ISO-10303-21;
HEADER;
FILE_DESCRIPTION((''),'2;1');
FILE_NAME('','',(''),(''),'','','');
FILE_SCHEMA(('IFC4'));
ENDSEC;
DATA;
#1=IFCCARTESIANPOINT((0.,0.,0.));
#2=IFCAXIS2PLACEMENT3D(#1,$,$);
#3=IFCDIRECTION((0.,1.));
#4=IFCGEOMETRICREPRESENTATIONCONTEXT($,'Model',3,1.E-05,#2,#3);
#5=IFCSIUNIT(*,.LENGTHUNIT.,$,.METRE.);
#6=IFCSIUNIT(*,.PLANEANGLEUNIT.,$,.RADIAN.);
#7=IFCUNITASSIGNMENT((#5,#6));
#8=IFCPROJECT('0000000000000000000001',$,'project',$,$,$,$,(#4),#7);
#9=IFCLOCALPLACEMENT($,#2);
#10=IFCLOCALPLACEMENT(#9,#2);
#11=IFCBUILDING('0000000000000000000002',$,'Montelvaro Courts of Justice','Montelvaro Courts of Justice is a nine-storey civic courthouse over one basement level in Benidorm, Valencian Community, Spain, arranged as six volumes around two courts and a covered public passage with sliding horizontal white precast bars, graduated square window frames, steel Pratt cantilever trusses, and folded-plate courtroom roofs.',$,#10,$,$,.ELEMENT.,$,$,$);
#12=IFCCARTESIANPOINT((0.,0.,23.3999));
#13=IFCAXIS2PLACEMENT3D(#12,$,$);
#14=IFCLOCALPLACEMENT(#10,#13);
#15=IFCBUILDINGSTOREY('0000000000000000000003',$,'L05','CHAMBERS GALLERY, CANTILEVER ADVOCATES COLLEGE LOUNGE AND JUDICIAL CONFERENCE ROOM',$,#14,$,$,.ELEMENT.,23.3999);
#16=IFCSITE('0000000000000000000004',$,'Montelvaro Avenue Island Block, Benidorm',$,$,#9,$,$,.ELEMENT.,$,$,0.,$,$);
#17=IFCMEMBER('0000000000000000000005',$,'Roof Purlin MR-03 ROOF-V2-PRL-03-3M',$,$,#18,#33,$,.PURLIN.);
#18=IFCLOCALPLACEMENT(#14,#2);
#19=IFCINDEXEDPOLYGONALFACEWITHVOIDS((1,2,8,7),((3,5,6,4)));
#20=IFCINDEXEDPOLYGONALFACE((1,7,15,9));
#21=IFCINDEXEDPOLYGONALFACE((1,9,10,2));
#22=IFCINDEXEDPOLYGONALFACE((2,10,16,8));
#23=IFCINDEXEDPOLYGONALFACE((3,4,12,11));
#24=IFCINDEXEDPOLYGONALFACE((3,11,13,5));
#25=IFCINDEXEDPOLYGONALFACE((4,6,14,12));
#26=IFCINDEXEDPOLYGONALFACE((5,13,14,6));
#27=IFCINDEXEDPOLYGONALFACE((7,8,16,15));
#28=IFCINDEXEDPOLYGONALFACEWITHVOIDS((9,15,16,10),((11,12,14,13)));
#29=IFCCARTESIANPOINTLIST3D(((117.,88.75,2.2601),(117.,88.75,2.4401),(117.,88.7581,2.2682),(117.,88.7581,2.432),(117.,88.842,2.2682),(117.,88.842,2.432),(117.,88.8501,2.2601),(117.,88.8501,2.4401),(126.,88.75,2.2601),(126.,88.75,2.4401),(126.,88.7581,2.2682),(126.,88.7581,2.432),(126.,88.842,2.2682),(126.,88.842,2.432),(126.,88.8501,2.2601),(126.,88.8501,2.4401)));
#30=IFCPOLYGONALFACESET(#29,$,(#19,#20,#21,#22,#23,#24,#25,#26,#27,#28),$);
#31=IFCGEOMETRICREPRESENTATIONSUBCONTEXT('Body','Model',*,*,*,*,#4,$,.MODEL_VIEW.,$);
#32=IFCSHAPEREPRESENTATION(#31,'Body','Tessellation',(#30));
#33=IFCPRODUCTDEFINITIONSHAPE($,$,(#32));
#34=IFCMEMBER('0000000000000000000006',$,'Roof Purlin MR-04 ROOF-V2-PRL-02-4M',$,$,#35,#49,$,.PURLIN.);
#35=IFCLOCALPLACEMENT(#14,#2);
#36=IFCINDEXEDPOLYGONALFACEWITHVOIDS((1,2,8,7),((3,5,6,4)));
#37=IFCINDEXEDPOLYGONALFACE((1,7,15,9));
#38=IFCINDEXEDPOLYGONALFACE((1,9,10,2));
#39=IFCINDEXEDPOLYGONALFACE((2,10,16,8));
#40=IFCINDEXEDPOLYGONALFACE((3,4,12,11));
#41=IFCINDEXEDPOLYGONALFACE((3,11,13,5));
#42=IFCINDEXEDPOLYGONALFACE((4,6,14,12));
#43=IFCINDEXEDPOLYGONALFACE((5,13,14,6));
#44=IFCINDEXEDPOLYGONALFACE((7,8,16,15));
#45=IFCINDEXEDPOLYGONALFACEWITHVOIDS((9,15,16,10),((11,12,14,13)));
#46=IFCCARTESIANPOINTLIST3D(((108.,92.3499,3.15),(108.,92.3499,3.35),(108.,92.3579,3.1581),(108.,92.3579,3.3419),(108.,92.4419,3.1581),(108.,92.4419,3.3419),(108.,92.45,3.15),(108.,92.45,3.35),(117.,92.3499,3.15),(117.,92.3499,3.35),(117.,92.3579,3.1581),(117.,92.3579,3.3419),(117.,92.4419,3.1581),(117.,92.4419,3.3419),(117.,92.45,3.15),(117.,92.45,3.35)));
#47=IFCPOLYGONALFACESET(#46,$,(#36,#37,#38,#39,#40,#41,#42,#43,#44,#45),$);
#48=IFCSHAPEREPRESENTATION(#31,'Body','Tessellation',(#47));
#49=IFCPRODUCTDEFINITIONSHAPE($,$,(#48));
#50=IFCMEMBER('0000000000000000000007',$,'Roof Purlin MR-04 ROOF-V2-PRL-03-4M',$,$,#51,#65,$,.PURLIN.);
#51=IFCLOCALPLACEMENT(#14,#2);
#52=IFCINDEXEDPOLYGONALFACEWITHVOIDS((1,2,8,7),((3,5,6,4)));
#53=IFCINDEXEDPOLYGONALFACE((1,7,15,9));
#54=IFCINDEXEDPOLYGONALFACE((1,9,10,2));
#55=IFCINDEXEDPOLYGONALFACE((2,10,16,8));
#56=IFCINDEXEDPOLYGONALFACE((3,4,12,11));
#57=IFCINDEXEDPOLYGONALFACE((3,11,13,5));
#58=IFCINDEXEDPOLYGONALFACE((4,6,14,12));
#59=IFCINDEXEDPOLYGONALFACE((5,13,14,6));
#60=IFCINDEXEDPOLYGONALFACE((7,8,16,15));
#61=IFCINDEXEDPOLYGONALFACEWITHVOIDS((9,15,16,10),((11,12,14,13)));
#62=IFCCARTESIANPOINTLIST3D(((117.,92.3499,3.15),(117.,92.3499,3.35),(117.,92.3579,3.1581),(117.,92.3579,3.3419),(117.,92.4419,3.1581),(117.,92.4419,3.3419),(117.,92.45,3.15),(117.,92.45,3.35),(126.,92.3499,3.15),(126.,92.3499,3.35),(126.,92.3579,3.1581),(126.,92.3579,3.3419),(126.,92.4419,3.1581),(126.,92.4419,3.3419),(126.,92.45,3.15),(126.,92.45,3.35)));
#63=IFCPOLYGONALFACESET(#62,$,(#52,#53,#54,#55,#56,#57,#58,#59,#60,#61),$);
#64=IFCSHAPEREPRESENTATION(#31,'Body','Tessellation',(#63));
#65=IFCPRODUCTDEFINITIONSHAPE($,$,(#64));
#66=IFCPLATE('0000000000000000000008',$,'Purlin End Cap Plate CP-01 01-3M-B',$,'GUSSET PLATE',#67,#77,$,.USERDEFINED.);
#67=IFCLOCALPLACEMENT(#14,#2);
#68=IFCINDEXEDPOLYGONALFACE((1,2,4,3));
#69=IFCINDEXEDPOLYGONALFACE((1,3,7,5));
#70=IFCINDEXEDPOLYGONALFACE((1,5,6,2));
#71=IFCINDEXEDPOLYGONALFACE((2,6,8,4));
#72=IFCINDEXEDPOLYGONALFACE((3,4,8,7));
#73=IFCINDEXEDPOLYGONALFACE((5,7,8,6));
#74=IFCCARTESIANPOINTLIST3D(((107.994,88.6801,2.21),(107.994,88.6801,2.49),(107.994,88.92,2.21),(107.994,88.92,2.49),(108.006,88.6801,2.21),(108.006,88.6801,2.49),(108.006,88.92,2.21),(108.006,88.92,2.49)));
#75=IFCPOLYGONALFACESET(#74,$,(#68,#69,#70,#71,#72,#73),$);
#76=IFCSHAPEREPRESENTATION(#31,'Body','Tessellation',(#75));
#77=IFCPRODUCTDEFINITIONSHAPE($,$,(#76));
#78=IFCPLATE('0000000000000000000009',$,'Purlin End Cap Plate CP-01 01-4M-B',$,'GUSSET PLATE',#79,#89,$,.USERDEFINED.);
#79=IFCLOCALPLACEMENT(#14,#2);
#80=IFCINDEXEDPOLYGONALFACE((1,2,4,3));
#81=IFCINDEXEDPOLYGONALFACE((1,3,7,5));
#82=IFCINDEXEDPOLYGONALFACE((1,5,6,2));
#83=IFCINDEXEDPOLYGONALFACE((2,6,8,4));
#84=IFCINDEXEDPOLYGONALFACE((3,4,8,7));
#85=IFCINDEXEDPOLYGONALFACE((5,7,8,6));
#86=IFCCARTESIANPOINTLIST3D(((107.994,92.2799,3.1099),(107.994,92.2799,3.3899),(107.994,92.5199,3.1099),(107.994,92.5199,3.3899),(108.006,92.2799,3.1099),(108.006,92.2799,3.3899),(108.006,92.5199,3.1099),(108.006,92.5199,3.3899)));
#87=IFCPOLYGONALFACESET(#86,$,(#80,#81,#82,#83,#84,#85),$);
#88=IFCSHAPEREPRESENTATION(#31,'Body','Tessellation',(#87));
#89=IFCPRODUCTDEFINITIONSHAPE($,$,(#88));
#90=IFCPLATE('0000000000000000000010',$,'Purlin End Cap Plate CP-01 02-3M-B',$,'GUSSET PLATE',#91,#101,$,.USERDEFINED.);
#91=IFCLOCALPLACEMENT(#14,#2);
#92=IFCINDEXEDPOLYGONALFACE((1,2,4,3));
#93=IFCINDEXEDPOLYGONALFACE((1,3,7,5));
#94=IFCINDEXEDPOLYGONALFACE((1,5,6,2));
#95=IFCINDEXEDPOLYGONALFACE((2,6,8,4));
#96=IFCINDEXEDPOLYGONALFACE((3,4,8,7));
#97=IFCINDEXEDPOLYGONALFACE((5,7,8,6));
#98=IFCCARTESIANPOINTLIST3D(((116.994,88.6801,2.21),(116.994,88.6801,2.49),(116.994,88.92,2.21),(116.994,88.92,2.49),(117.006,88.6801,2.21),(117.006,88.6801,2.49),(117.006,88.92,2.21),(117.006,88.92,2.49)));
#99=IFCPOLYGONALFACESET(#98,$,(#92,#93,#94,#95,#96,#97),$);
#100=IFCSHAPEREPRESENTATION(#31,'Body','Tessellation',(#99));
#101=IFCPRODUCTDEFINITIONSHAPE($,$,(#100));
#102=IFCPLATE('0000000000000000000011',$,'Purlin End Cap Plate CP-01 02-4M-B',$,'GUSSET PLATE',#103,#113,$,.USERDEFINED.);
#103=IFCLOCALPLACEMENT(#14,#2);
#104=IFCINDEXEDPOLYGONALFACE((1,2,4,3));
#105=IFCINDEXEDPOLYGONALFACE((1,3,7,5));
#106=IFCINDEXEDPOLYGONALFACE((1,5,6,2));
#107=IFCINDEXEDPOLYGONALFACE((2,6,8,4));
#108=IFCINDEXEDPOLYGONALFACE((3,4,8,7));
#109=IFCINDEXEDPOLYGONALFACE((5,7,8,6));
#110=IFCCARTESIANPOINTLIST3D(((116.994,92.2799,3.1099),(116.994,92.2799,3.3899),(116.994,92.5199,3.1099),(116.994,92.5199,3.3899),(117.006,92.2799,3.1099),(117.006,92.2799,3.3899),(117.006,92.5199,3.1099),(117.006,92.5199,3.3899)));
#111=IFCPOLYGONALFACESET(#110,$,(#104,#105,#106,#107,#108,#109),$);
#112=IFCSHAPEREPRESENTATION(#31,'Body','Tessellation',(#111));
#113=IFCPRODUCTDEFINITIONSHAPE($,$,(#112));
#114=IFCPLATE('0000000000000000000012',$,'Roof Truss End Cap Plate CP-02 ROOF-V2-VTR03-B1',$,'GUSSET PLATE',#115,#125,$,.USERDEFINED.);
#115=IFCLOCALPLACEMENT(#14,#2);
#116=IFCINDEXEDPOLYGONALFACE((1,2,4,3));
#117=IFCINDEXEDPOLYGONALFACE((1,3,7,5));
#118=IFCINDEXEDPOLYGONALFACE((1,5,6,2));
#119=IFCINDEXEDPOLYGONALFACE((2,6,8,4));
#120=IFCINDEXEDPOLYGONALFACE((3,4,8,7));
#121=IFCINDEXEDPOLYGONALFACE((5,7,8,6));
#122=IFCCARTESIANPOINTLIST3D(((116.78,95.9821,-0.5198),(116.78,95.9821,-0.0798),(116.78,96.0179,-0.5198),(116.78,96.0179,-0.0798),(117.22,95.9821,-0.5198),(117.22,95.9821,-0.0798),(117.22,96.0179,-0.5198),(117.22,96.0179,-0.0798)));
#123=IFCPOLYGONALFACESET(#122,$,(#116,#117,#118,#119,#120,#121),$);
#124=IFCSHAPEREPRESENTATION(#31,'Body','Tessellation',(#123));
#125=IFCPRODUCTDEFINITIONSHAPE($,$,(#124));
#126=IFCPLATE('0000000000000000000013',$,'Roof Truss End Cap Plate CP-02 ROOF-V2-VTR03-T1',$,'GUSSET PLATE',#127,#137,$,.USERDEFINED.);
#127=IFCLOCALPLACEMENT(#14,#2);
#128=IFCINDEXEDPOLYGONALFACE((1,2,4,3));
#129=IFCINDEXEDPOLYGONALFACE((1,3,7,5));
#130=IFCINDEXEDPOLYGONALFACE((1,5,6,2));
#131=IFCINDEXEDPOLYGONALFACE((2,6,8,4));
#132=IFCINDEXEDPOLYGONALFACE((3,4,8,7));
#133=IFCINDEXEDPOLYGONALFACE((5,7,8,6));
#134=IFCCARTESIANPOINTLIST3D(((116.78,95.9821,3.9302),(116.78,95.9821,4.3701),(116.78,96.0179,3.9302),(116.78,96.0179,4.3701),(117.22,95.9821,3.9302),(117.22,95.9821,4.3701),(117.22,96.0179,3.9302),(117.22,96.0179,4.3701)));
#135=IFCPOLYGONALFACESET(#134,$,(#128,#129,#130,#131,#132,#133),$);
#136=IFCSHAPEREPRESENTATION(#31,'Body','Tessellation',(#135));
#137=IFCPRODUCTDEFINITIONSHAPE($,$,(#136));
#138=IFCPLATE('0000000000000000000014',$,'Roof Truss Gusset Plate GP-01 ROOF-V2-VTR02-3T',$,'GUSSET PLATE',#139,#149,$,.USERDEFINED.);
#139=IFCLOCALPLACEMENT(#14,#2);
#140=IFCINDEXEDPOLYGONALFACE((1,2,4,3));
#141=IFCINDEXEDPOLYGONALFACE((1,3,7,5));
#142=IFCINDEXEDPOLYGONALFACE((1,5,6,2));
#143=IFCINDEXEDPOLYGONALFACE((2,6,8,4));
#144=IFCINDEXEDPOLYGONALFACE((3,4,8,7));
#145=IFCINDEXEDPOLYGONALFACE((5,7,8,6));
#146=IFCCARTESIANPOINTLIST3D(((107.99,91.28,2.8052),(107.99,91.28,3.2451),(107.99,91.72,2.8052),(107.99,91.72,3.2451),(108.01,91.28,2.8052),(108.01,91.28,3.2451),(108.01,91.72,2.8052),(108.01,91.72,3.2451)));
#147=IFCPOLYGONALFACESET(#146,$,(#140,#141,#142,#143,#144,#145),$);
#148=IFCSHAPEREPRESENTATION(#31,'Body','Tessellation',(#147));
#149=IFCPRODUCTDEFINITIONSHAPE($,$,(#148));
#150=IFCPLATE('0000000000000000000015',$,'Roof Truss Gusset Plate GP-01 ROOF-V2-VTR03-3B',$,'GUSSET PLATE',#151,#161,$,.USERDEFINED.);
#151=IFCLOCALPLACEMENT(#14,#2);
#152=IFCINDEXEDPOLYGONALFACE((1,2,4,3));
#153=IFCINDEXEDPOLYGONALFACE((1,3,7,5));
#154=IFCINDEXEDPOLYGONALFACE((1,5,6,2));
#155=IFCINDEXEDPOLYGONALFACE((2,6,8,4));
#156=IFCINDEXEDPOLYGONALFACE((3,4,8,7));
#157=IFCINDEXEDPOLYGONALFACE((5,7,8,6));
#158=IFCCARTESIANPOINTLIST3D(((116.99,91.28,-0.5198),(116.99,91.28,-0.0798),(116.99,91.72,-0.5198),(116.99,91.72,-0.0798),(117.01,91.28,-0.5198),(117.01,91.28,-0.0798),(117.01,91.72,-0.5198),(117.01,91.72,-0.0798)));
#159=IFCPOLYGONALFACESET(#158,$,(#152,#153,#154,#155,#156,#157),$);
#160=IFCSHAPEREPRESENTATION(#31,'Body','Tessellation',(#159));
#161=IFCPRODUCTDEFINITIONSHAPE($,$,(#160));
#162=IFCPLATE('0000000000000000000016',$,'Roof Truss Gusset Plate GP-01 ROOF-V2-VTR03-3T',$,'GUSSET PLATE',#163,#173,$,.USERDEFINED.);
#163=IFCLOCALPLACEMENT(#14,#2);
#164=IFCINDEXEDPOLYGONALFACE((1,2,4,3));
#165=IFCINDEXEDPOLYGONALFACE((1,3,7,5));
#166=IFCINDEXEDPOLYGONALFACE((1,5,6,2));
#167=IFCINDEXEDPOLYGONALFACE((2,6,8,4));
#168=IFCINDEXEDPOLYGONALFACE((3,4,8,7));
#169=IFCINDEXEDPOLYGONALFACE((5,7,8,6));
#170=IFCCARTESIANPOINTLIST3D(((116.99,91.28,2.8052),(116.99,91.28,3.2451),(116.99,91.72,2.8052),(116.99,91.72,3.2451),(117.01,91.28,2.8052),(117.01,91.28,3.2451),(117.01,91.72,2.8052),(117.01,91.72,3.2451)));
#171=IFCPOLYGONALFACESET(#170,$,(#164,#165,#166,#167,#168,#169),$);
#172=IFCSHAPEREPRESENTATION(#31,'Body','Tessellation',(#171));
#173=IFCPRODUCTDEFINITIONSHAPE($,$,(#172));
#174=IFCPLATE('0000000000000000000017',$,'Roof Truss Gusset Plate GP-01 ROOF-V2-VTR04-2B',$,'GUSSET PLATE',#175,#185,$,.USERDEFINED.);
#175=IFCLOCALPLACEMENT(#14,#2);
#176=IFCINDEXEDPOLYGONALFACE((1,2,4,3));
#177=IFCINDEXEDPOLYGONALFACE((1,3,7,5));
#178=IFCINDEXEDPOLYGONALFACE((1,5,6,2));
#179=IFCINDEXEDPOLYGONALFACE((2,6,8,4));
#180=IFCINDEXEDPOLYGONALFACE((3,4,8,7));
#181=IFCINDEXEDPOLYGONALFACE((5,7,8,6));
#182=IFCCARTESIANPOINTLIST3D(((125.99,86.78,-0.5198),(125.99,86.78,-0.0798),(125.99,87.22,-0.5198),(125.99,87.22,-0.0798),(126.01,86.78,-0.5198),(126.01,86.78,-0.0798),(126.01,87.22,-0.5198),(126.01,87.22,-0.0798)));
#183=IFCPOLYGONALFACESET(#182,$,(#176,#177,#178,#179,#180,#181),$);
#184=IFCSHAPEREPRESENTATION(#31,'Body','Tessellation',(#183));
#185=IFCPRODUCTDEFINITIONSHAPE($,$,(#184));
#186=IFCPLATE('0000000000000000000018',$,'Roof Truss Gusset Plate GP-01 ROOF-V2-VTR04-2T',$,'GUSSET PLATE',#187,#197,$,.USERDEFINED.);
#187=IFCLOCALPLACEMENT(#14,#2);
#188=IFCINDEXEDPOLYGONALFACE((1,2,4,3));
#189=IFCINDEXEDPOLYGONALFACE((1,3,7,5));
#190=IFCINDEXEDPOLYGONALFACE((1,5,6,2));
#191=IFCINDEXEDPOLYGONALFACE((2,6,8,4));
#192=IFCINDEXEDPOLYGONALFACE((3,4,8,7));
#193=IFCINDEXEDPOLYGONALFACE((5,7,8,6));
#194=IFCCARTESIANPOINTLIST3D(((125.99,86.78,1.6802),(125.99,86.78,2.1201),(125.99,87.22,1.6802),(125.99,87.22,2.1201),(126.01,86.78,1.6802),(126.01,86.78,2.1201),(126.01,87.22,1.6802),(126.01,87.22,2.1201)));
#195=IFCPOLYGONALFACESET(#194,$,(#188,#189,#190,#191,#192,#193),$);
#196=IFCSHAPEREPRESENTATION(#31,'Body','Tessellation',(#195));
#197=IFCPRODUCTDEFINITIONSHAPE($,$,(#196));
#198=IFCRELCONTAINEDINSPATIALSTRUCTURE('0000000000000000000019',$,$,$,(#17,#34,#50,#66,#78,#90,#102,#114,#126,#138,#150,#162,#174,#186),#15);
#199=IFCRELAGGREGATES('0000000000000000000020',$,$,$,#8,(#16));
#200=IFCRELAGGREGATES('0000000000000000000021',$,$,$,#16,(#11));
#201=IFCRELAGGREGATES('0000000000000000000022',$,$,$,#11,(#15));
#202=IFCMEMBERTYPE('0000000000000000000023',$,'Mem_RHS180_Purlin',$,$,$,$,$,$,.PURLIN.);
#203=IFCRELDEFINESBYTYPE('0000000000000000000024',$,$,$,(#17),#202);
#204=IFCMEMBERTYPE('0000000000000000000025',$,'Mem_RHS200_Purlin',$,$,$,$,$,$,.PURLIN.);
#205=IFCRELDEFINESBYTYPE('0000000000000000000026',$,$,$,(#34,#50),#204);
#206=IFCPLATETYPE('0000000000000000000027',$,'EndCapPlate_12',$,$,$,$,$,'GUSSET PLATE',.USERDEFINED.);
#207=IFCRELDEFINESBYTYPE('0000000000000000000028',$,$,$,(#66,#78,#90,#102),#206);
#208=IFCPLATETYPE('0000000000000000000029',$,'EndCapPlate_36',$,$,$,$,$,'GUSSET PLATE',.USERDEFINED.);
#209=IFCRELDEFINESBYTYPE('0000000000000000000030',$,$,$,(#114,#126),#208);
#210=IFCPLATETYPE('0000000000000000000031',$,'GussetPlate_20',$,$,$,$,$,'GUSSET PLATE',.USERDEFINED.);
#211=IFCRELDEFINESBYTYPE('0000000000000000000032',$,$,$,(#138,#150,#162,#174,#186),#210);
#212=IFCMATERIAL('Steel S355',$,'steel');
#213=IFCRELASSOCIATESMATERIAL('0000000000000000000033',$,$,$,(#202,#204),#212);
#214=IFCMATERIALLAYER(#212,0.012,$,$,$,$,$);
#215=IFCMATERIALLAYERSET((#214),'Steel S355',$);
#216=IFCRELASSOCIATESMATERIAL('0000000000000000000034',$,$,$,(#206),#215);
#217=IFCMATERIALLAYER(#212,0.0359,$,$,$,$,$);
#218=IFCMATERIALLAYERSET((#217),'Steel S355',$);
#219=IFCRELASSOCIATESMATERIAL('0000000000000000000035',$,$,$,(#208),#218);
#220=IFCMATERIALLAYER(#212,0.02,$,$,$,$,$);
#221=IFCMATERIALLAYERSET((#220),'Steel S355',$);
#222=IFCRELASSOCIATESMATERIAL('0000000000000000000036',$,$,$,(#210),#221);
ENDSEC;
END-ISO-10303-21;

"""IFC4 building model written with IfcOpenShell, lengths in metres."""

from ifc_helpers import new_model, si_unit, direction, frame, origin, origin_2d, place, context, subcontext, project, spatial, rectangle, hollow_rectangle, extrude, material, layer, layer_set, material_profile, profile_set, type_object, element, save


model = new_model("IFC4")

# Units and contexts
model_context = context("Model", 3, precision=1e-05, world=origin(), true_north=direction((0.0, 1.0)))
body_context = subcontext(model_context, "Body", "Model", "MODEL_VIEW")
ifc_project = project(units=[si_unit("LENGTHUNIT", "METRE"), si_unit("PLANEANGLEUNIT", "RADIAN")], contexts=[model_context])

# Site, building, storey
site_placement = place(None, origin())
site = spatial("IfcSite", under=ifc_project, at=site_placement, Name="Montelvaro Avenue Island Block, Benidorm", CompositionType="ELEMENT", RefElevation=0.0)
building_placement = place(site_placement, origin())
building = spatial("IfcBuilding", under=site, at=building_placement, Name="Montelvaro Courts of Justice", Description="Montelvaro Courts of Justice is a nine-storey civic courthouse over one basement level in Benidorm, Valencian Community, Spain, arranged as six volumes around two courts and a covered public passage with sliding horizontal white precast bars, graduated square window frames, steel Pratt cantilever trusses, and folded-plate courtroom roofs.", CompositionType="ELEMENT")
storey_placement = place(building_placement, frame((0.0, 0.0, 23.3999)))
storey = spatial("IfcBuildingStorey", under=building, at=storey_placement, Name="L05", Description="CHAMBERS GALLERY, CANTILEVER ADVOCATES COLLEGE LOUNGE AND JUDICIAL CONFERENCE ROOM", CompositionType="ELEMENT", Elevation=23.3999)

# Members
ifc_material = material(Name="Steel S355", Category="steel")
ifc_material_profile_1 = material_profile(ifc_material, hollow_rectangle(XDim=0.1001, YDim=0.1799, WallThickness=0.0081, at=origin_2d()), Name="RHS 180x100x8")
ifc_profile_set_1 = profile_set([ifc_material_profile_1], Name="Steel S355")
member_type_1 = type_object("IfcMemberType", Name="Mem_RHS180_Purlin", PredefinedType="PURLIN", material=ifc_profile_set_1)
for number, where, z_axis, x_axis, name in (
    (1, (117.0, 88.8, 2.3501), (1.0, 0.0, 0.0), (0.0, 1.0, 0.0), "Roof Purlin MR-03 ROOF-V2-PRL-03-3M"),
):
    element("IfcMember", number, at=place(storey_placement, frame(where, z_axis=z_axis, x_axis=x_axis)), inside=storey, type_object=member_type_1, Name=name, PredefinedType="PURLIN", context=body_context, shape_type="SweptSolid", body=[
        extrude(hollow_rectangle(XDim=0.1001, YDim=0.1799, WallThickness=0.0081, at=origin_2d()), origin(), (0.0, 0.0, 1.0), 9.0),
    ])
ifc_material_profile_2 = material_profile(ifc_material, hollow_rectangle(XDim=0.1001, YDim=0.2, WallThickness=0.0081, at=origin_2d()), Name="RHS 200x100x8")
ifc_profile_set_2 = profile_set([ifc_material_profile_2], Name="Steel S355")
member_type_2 = type_object("IfcMemberType", Name="Mem_RHS200_Purlin", PredefinedType="PURLIN", material=ifc_profile_set_2)
for number, where, z_axis, x_axis, name in (
    (2, (108.0, 92.3999, 3.25), (1.0, 0.0, 0.0), (0.0, 1.0, 0.0), "Roof Purlin MR-04 ROOF-V2-PRL-02-4M"),
    (3, (117.0, 92.3999, 3.25), (1.0, 0.0, 0.0), (0.0, 1.0, 0.0), "Roof Purlin MR-04 ROOF-V2-PRL-03-4M"),
):
    element("IfcMember", number, at=place(storey_placement, frame(where, z_axis=z_axis, x_axis=x_axis)), inside=storey, type_object=member_type_2, Name=name, PredefinedType="PURLIN", context=body_context, shape_type="SweptSolid", body=[
        extrude(hollow_rectangle(XDim=0.1001, YDim=0.2, WallThickness=0.0081, at=origin_2d()), origin(), (0.0, 0.0, 1.0), 9.0),
    ])

# Plates
ifc_layer_1 = layer(ifc_material, 0.012)
ifc_layer_set_1 = layer_set([ifc_layer_1], Name="Steel S355")
plate_type_1 = type_object("IfcPlateType", Name="EndCapPlate_12", ElementType="GUSSET PLATE", PredefinedType="USERDEFINED", material=ifc_layer_set_1)
for number, where, z_axis, x_axis, name in (
    (4, (108.0, 88.8, 2.21), (0.0, 0.0, 1.0), (1.0, 0.0, 0.0), "Purlin End Cap Plate CP-01 01-3M-B"),
    (5, (108.0, 92.3999, 3.1099), (0.0, 0.0, 1.0), (1.0, 0.0, 0.0), "Purlin End Cap Plate CP-01 01-4M-B"),
    (6, (117.0, 88.8, 2.21), (0.0, 0.0, 1.0), (1.0, 0.0, 0.0), "Purlin End Cap Plate CP-01 02-3M-B"),
    (7, (117.0, 92.3999, 3.1099), (0.0, 0.0, 1.0), (1.0, 0.0, 0.0), "Purlin End Cap Plate CP-01 02-4M-B"),
):
    element("IfcPlate", number, at=place(storey_placement, frame(where, z_axis=z_axis, x_axis=x_axis)), inside=storey, type_object=plate_type_1, Name=name, ObjectType="GUSSET PLATE", PredefinedType="USERDEFINED", context=body_context, shape_type="SweptSolid", body=[
        extrude(rectangle(XDim=0.012, YDim=0.24, at=origin_2d()), origin(), (0.0, 0.0, 1.0), 0.28),
    ])
ifc_layer_2 = layer(ifc_material, 0.0359)
ifc_layer_set_2 = layer_set([ifc_layer_2], Name="Steel S355")
plate_type_2 = type_object("IfcPlateType", Name="EndCapPlate_36", ElementType="GUSSET PLATE", PredefinedType="USERDEFINED", material=ifc_layer_set_2)
for number, where, z_axis, x_axis, name in (
    (8, (117.0, 96.0, -0.5198), (0.0, 0.0, 1.0), (1.0, 0.0, 0.0), "Roof Truss End Cap Plate CP-02 ROOF-V2-VTR03-B1"),
    (9, (117.0, 96.0, 3.9302), (0.0, 0.0, 1.0), (1.0, 0.0, 0.0), "Roof Truss End Cap Plate CP-02 ROOF-V2-VTR03-T1"),
):
    element("IfcPlate", number, at=place(storey_placement, frame(where, z_axis=z_axis, x_axis=x_axis)), inside=storey, type_object=plate_type_2, Name=name, ObjectType="GUSSET PLATE", PredefinedType="USERDEFINED", context=body_context, shape_type="SweptSolid", body=[
        extrude(rectangle(XDim=0.4399, YDim=0.0359, at=origin_2d()), origin(), (0.0, 0.0, 1.0), 0.4399),
    ])
ifc_layer_3 = layer(ifc_material, 0.02)
ifc_layer_set_3 = layer_set([ifc_layer_3], Name="Steel S355")
plate_type_3 = type_object("IfcPlateType", Name="GussetPlate_20", ElementType="GUSSET PLATE", PredefinedType="USERDEFINED", material=ifc_layer_set_3)
for number, where, z_axis, x_axis, name in (
    (10, (108.0, 91.5, 2.8052), (0.0, 0.0, 1.0), (1.0, 0.0, 0.0), "Roof Truss Gusset Plate GP-01 ROOF-V2-VTR02-3T"),
    (11, (117.0, 91.5, -0.5198), (0.0, 0.0, 1.0), (1.0, 0.0, 0.0), "Roof Truss Gusset Plate GP-01 ROOF-V2-VTR03-3B"),
    (12, (117.0, 91.5, 2.8052), (0.0, 0.0, 1.0), (1.0, 0.0, 0.0), "Roof Truss Gusset Plate GP-01 ROOF-V2-VTR03-3T"),
    (13, (126.0, 87.0, -0.5198), (0.0, 0.0, 1.0), (1.0, 0.0, 0.0), "Roof Truss Gusset Plate GP-01 ROOF-V2-VTR04-2B"),
    (14, (126.0, 87.0, 1.6802), (0.0, 0.0, 1.0), (1.0, 0.0, 0.0), "Roof Truss Gusset Plate GP-01 ROOF-V2-VTR04-2T"),
):
    element("IfcPlate", number, at=place(storey_placement, frame(where, z_axis=z_axis, x_axis=x_axis)), inside=storey, type_object=plate_type_3, Name=name, ObjectType="GUSSET PLATE", PredefinedType="USERDEFINED", context=body_context, shape_type="SweptSolid", body=[
        extrude(rectangle(XDim=0.02, YDim=0.4399, at=origin_2d()), origin(), (0.0, 0.0, 1.0), 0.4399),
    ])

save(model, "model.ifc")
